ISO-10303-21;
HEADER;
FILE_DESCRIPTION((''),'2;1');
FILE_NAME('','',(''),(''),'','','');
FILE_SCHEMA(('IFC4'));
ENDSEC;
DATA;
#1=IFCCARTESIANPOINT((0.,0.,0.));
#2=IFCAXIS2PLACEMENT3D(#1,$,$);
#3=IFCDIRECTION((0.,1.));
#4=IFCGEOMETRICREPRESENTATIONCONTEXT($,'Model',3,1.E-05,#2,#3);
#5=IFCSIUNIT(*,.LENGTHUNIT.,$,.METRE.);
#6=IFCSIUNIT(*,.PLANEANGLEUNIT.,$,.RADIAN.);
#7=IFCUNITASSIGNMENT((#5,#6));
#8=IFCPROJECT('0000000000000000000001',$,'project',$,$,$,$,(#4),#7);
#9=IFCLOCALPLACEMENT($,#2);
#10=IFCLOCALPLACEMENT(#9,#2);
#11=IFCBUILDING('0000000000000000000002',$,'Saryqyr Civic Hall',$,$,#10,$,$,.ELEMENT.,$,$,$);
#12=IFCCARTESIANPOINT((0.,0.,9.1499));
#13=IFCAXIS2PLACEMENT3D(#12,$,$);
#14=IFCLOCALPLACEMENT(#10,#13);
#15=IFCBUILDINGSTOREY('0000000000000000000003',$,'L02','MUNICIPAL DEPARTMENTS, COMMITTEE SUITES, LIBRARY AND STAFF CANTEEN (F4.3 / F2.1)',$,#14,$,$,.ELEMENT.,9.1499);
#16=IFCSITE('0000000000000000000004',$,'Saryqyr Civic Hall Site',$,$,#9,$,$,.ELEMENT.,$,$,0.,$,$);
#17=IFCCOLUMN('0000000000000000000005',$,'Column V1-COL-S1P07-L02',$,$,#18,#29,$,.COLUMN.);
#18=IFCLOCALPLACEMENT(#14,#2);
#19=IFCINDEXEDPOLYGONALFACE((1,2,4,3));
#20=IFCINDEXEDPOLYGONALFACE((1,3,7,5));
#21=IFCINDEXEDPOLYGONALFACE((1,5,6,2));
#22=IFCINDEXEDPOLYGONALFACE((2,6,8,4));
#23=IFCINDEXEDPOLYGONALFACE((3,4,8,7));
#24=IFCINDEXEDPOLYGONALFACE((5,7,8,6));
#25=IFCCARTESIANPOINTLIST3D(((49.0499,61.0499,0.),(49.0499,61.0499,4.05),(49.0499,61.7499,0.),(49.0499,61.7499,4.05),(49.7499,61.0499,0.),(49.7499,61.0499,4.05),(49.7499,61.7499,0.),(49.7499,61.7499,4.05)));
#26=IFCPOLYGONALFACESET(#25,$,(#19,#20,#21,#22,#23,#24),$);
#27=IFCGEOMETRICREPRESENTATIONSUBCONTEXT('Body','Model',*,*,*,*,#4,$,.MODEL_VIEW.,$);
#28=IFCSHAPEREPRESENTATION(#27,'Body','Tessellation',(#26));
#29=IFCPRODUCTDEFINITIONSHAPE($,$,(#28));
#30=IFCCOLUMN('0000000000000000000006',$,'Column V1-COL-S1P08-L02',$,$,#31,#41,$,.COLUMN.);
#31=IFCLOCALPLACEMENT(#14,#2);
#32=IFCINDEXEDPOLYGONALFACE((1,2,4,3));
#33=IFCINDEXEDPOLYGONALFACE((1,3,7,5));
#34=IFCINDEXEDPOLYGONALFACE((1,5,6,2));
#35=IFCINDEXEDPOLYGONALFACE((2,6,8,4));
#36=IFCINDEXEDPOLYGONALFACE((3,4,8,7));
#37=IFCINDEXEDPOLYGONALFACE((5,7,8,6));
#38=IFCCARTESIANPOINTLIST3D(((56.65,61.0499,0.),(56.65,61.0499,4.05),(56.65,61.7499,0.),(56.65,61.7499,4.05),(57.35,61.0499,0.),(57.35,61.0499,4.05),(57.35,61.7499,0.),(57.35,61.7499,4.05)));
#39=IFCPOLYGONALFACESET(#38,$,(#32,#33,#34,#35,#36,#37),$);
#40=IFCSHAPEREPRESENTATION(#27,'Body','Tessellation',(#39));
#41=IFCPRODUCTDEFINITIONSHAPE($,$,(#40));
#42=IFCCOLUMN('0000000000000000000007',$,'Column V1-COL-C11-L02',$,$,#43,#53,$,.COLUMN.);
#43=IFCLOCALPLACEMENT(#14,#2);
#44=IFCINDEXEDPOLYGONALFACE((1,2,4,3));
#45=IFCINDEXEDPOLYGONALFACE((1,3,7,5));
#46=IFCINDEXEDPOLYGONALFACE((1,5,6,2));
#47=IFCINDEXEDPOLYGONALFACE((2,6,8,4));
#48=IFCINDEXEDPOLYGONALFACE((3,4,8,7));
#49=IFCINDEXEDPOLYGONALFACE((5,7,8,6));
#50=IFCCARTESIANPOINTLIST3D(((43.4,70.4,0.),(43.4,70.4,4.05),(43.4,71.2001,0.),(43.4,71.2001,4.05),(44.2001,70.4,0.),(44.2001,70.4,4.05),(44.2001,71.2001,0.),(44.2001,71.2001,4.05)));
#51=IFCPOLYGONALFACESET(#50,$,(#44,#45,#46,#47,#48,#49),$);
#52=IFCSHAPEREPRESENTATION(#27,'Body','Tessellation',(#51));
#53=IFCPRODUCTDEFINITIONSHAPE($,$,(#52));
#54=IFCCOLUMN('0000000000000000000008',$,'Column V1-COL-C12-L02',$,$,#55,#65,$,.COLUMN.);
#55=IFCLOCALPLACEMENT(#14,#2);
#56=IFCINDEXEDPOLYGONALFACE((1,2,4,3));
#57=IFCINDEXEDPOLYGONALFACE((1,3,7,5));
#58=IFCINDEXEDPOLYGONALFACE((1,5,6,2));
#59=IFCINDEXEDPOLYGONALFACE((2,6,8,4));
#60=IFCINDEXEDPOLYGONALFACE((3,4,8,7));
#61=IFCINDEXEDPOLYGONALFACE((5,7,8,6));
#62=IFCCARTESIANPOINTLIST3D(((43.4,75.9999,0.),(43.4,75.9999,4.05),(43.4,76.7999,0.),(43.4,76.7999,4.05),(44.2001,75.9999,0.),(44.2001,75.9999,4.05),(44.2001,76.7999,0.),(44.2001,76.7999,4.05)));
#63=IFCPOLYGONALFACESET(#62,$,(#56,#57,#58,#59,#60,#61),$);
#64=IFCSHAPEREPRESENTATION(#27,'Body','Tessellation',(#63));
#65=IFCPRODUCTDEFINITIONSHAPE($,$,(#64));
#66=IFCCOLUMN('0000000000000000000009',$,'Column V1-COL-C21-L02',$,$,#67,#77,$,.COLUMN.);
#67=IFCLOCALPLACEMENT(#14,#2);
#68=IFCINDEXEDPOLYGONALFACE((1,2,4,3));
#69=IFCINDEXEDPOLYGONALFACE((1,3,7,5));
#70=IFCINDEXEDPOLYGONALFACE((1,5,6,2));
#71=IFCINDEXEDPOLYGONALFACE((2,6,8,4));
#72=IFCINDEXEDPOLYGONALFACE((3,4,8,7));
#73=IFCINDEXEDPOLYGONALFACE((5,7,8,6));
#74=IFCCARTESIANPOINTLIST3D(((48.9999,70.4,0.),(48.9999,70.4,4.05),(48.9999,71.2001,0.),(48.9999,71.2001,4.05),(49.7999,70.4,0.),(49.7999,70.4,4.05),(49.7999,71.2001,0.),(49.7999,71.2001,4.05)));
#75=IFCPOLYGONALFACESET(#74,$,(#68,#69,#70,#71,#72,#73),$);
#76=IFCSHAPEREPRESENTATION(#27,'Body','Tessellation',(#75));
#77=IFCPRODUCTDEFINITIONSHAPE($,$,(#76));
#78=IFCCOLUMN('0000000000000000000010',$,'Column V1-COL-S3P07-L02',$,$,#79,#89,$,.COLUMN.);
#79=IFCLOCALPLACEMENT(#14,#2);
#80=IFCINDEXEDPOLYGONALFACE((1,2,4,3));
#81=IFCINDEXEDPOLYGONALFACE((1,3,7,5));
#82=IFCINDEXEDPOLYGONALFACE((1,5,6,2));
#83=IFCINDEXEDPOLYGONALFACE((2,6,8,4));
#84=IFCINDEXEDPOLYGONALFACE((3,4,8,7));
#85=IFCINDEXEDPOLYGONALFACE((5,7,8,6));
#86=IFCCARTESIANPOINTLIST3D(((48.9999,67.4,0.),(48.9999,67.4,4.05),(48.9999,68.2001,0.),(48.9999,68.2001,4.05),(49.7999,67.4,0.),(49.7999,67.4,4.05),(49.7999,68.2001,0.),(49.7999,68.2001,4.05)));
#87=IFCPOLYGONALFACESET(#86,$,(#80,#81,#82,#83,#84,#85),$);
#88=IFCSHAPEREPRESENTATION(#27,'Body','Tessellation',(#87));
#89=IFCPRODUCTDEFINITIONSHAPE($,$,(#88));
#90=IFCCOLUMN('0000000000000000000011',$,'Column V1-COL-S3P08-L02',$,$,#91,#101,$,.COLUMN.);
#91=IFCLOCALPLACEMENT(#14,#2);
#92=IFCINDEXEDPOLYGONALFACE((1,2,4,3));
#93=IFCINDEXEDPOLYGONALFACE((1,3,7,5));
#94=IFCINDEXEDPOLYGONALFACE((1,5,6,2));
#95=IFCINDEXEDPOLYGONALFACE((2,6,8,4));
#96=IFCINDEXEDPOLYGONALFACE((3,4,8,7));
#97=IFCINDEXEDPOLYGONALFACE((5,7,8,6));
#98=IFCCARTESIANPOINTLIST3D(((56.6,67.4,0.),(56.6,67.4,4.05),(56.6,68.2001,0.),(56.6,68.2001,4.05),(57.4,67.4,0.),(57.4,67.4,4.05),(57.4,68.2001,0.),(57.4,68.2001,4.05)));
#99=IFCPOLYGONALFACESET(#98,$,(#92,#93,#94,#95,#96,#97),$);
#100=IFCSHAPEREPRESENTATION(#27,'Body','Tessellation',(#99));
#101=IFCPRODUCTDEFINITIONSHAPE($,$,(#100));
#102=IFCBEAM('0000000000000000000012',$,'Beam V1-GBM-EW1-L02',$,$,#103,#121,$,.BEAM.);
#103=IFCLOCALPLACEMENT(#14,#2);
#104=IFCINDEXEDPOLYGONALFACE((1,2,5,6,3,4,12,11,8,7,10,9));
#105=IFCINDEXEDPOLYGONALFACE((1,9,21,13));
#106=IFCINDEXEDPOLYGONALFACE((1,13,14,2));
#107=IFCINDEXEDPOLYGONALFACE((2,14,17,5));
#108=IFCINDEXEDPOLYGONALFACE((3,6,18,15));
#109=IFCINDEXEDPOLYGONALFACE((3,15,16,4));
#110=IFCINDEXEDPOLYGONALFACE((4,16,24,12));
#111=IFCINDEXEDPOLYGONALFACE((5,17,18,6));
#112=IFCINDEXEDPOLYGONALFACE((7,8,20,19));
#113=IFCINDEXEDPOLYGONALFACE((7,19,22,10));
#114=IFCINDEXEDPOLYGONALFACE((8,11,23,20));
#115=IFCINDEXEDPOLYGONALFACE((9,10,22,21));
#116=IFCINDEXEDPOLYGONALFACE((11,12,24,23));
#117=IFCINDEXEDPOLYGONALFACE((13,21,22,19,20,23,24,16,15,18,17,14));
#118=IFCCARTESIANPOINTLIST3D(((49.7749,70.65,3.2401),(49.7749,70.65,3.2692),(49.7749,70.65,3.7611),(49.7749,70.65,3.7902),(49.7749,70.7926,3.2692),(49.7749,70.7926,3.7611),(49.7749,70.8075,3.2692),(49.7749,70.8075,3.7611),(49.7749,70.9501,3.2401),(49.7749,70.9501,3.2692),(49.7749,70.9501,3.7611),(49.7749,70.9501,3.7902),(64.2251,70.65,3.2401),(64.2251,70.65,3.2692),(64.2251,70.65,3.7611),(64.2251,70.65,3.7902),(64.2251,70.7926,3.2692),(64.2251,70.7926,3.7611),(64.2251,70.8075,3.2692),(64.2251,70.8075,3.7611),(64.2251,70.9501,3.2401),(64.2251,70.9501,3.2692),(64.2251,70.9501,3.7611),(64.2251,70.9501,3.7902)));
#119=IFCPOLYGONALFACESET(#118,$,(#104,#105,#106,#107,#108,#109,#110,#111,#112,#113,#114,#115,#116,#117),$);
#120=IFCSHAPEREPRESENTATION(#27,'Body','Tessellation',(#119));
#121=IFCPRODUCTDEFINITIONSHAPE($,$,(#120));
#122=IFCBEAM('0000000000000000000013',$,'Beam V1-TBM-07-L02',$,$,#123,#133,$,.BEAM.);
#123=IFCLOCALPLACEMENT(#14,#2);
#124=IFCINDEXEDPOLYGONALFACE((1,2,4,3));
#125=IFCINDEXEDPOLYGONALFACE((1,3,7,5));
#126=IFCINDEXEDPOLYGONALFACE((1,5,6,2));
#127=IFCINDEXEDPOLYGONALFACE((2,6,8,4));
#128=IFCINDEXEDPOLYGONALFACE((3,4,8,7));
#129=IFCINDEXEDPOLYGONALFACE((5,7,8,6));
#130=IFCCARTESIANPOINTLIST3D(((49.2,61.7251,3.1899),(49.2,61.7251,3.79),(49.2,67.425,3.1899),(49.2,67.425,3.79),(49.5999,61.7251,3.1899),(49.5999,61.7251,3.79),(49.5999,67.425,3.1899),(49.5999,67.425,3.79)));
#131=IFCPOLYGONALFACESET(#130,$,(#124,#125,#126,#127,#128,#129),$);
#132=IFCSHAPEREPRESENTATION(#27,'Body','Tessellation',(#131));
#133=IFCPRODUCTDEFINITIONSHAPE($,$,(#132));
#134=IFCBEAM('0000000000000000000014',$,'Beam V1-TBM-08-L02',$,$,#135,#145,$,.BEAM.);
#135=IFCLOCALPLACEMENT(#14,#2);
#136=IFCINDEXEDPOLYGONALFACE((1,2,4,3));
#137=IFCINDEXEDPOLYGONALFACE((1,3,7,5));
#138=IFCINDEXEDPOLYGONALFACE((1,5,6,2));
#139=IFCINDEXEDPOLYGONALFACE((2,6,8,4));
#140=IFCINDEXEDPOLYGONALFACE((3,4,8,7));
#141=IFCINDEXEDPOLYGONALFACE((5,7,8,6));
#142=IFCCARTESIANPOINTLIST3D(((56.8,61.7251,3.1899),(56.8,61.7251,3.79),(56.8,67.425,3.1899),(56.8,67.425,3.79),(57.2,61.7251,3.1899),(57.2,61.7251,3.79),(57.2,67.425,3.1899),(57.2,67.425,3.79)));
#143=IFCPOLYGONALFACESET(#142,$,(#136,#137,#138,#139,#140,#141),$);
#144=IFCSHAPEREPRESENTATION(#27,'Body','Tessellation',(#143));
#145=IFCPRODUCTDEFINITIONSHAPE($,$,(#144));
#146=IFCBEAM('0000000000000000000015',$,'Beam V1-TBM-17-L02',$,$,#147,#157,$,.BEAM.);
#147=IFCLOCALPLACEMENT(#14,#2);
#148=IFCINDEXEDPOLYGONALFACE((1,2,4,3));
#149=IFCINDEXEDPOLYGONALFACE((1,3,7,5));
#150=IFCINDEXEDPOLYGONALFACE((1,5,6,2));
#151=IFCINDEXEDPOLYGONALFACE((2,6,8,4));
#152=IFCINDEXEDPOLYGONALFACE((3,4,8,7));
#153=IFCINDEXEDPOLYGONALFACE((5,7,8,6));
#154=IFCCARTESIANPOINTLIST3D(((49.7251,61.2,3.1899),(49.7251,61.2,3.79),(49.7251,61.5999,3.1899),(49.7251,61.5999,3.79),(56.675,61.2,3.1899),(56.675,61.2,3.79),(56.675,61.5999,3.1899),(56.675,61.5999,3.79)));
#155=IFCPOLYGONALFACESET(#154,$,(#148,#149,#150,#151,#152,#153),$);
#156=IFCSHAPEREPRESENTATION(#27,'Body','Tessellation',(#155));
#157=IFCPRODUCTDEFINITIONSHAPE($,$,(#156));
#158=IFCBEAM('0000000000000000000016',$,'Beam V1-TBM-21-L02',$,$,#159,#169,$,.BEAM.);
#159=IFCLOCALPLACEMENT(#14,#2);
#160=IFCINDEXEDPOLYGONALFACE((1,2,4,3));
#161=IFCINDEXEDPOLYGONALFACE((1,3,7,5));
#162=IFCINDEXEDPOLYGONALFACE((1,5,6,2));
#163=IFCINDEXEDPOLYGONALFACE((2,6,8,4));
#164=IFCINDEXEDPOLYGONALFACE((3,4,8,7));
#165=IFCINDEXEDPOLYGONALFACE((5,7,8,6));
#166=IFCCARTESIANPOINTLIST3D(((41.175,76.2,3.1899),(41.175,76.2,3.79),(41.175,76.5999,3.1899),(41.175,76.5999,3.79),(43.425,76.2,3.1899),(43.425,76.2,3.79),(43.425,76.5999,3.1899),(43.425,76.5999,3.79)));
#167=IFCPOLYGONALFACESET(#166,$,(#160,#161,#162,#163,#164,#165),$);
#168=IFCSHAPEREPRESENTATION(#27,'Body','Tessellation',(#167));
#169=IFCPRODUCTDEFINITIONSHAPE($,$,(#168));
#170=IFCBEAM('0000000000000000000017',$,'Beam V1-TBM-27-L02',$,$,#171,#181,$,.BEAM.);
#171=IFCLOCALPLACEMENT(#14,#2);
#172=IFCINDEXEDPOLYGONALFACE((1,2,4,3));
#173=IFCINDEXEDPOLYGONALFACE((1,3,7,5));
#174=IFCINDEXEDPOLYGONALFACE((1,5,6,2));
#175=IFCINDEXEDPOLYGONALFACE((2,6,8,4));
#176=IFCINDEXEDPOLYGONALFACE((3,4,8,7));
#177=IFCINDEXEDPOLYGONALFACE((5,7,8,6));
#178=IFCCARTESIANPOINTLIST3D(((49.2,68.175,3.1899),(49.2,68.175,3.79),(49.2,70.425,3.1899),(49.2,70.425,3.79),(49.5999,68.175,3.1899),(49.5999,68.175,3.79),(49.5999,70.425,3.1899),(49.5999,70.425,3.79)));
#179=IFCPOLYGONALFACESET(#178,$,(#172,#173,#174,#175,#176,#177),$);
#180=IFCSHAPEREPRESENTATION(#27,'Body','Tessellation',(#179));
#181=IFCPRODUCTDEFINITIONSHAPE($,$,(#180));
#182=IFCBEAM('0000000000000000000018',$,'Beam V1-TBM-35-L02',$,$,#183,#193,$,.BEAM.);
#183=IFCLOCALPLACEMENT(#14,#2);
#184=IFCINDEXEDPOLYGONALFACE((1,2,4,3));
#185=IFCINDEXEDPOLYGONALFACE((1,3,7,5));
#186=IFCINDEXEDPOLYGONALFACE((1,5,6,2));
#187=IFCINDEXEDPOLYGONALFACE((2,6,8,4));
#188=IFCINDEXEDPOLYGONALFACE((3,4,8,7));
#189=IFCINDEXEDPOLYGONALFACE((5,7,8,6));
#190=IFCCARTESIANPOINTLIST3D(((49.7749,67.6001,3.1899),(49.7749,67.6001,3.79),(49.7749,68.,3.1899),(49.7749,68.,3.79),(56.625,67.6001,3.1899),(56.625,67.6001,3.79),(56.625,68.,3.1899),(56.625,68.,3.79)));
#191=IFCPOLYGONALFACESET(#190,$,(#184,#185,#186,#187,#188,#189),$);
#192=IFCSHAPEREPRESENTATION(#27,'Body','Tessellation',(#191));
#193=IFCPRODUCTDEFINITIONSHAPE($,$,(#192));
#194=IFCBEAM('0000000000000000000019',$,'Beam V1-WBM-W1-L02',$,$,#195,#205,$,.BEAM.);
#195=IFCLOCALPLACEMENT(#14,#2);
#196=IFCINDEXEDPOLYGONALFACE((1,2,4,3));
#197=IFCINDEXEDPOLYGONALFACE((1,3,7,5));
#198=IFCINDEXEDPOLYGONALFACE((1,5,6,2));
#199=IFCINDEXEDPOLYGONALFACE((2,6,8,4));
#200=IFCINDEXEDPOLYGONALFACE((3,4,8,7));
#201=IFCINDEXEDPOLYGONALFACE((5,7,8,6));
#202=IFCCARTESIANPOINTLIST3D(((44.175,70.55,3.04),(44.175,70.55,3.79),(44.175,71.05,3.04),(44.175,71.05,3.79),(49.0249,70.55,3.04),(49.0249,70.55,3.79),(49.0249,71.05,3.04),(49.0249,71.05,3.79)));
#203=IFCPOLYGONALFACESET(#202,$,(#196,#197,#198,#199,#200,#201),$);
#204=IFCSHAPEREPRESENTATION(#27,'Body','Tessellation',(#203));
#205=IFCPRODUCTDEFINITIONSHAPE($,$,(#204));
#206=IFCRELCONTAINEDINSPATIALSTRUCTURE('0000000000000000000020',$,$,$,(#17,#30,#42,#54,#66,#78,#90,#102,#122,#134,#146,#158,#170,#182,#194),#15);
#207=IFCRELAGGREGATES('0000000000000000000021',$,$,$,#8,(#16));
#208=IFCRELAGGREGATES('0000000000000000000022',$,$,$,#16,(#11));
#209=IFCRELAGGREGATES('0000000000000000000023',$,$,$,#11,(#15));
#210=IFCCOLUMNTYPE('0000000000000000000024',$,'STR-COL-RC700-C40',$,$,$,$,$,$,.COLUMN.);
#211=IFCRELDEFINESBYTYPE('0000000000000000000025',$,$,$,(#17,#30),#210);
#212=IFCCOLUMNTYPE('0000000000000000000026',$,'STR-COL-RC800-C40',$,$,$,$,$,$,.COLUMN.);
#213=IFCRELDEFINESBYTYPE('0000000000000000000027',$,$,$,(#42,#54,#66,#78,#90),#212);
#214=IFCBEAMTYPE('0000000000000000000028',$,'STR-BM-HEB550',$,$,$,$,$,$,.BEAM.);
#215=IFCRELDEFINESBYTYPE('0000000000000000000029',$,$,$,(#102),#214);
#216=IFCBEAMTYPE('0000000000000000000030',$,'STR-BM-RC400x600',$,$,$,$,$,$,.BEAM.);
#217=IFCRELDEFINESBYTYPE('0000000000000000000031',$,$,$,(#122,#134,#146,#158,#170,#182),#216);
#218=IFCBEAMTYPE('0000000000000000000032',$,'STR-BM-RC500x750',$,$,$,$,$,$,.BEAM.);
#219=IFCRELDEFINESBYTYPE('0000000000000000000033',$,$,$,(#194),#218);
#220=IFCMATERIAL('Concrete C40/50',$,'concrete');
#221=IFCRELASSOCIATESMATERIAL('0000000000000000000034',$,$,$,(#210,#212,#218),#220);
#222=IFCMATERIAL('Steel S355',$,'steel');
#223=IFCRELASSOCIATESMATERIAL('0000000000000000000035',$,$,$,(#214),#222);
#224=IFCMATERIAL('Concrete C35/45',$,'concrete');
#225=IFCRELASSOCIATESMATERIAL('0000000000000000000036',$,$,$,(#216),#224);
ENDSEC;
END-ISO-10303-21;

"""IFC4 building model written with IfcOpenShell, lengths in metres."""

from ifc_helpers import new_model, si_unit, direction, frame, origin, origin_2d, place, context, subcontext, project, spatial, rectangle, i_section, extrude, material, material_profile, profile_set, type_object, element, save


model = new_model("IFC4")

# Units and contexts
model_context = context("Model", 3, precision=1e-05, world=origin(), true_north=direction((0.0, 1.0)))
body_context = subcontext(model_context, "Body", "Model", "MODEL_VIEW")
ifc_project = project(units=[si_unit("LENGTHUNIT", "METRE"), si_unit("PLANEANGLEUNIT", "RADIAN")], contexts=[model_context])

# Site, building, storey
site_placement = place(None, origin())
site = spatial("IfcSite", under=ifc_project, at=site_placement, Name="Saryqyr Civic Hall Site", CompositionType="ELEMENT", RefElevation=0.0)
building_placement = place(site_placement, origin())
building = spatial("IfcBuilding", under=site, at=building_placement, Name="Saryqyr Civic Hall", CompositionType="ELEMENT")
storey_placement = place(building_placement, frame((0.0, 0.0, 9.1499)))
storey = spatial("IfcBuildingStorey", under=building, at=storey_placement, Name="L02", Description="MUNICIPAL DEPARTMENTS, COMMITTEE SUITES, LIBRARY AND STAFF CANTEEN (F4.3 / F2.1)", CompositionType="ELEMENT", Elevation=9.1499)

# Columns
ifc_material_1 = material(Name="Concrete C40/50", Category="concrete")
ifc_material_profile_1 = material_profile(ifc_material_1, rectangle(XDim=0.7, YDim=0.7, at=origin_2d()), Name="RC 700x700")
ifc_profile_set_1 = profile_set([ifc_material_profile_1], Name="Concrete C40/50")
column_type_1 = type_object("IfcColumnType", Name="STR-COL-RC700-C40", PredefinedType="COLUMN", material=ifc_profile_set_1)
for number, where, z_axis, x_axis, name in (
    (1, (49.3999, 61.3999, 0.0), (0.0, 0.0, 1.0), (1.0, 0.0, 0.0), "Column V1-COL-S1P07-L02"),
    (2, (57.0, 61.3999, 0.0), (0.0, 0.0, 1.0), (1.0, 0.0, 0.0), "Column V1-COL-S1P08-L02"),
):
    element("IfcColumn", number, at=place(storey_placement, frame(where, z_axis=z_axis, x_axis=x_axis)), inside=storey, type_object=column_type_1, Name=name, PredefinedType="COLUMN", context=body_context, shape_type="SweptSolid", body=[
        extrude(rectangle(XDim=0.7, YDim=0.7, at=origin_2d()), origin(), (0.0, 0.0, 1.0), 4.05),
    ])
ifc_material_profile_2 = material_profile(ifc_material_1, rectangle(XDim=0.8, YDim=0.8, at=origin_2d()), Name="RC 800x800")
ifc_profile_set_2 = profile_set([ifc_material_profile_2], Name="Concrete C40/50")
column_type_2 = type_object("IfcColumnType", Name="STR-COL-RC800-C40", PredefinedType="COLUMN", material=ifc_profile_set_2)
for number, where, z_axis, x_axis, name in (
    (3, (43.8, 70.8, 0.0), (0.0, 0.0, 1.0), (1.0, 0.0, 0.0), "Column V1-COL-C11-L02"),
    (4, (43.8, 76.3999, 0.0), (0.0, 0.0, 1.0), (1.0, 0.0, 0.0), "Column V1-COL-C12-L02"),
    (5, (49.3999, 70.8, 0.0), (0.0, 0.0, 1.0), (1.0, 0.0, 0.0), "Column V1-COL-C21-L02"),
    (6, (49.3999, 67.8, 0.0), (0.0, 0.0, 1.0), (1.0, 0.0, 0.0), "Column V1-COL-S3P07-L02"),
    (7, (57.0, 67.8, 0.0), (0.0, 0.0, 1.0), (1.0, 0.0, 0.0), "Column V1-COL-S3P08-L02"),
):
    element("IfcColumn", number, at=place(storey_placement, frame(where, z_axis=z_axis, x_axis=x_axis)), inside=storey, type_object=column_type_2, Name=name, PredefinedType="COLUMN", context=body_context, shape_type="SweptSolid", body=[
        extrude(rectangle(XDim=0.8, YDim=0.8, at=origin_2d()), origin(), (0.0, 0.0, 1.0), 4.05),
    ])

# Beams
ifc_material_2 = material(Name="Steel S355", Category="steel")
ifc_material_profile_3 = material_profile(ifc_material_2, i_section(OverallWidth=0.3, OverallDepth=0.55, WebThickness=0.0149, FlangeThickness=0.0291, at=origin_2d()), Name="HEB 550")
ifc_profile_set_3 = profile_set([ifc_material_profile_3], Name="Steel S355")
beam_type_1 = type_object("IfcBeamType", Name="STR-BM-HEB550", PredefinedType="BEAM", material=ifc_profile_set_3)
beam_1_placement = place(storey_placement, frame((49.7749, 70.8, 3.5151), z_axis=(1.0, 0.0, 0.0), x_axis=(0.0, 1.0, 0.0)))
element("IfcBeam", 8, at=beam_1_placement, inside=storey, type_object=beam_type_1, Name="Beam V1-GBM-EW1-L02", PredefinedType="BEAM", context=body_context, shape_type="SweptSolid", body=[
    extrude(i_section(OverallWidth=0.3, OverallDepth=0.55, WebThickness=0.0149, FlangeThickness=0.0291, at=origin_2d()), origin(), (0.0, 0.0, 1.0), 14.4502),
])
ifc_material_3 = material(Name="Concrete C35/45", Category="concrete")
ifc_material_profile_4 = material_profile(ifc_material_3, rectangle(XDim=0.3999, YDim=0.6001, at=origin_2d()), Name="RC 400x600")
ifc_profile_set_4 = profile_set([ifc_material_profile_4], Name="Concrete C35/45")
beam_type_2 = type_object("IfcBeamType", Name="STR-BM-RC400x600", PredefinedType="BEAM", material=ifc_profile_set_4)
for number, where, z_axis, x_axis, name in (
    (9, (49.3999, 61.7251, 3.49), (0.0, 1.0, 0.0), (-1.0, 0.0, 0.0), "Beam V1-TBM-07-L02"),
    (10, (57.0, 61.7251, 3.49), (0.0, 1.0, 0.0), (-1.0, 0.0, 0.0), "Beam V1-TBM-08-L02"),
):
    element("IfcBeam", number, at=place(storey_placement, frame(where, z_axis=z_axis, x_axis=x_axis)), inside=storey, type_object=beam_type_2, Name=name, PredefinedType="BEAM", context=body_context, shape_type="SweptSolid", body=[
        extrude(rectangle(XDim=0.3999, YDim=0.6001, at=origin_2d()), origin(), (0.0, 0.0, 1.0), 5.7),
    ])
beam_2_placement = place(storey_placement, frame((49.7251, 61.3999, 3.49), z_axis=(1.0, 0.0, 0.0), x_axis=(0.0, 1.0, 0.0)))
element("IfcBeam", 11, at=beam_2_placement, inside=storey, type_object=beam_type_2, Name="Beam V1-TBM-17-L02", PredefinedType="BEAM", context=body_context, shape_type="SweptSolid", body=[
    extrude(rectangle(XDim=0.3999, YDim=0.6001, at=origin_2d()), origin(), (0.0, 0.0, 1.0), 6.95),
])
for number, where, z_axis, x_axis, name in (
    (12, (41.175, 76.3999, 3.49), (1.0, 0.0, 0.0), (0.0, 1.0, 0.0), "Beam V1-TBM-21-L02"),
    (13, (49.3999, 68.175, 3.49), (0.0, 1.0, 0.0), (-1.0, 0.0, 0.0), "Beam V1-TBM-27-L02"),
):
    element("IfcBeam", number, at=place(storey_placement, frame(where, z_axis=z_axis, x_axis=x_axis)), inside=storey, type_object=beam_type_2, Name=name, PredefinedType="BEAM", context=body_context, shape_type="SweptSolid", body=[
        extrude(rectangle(XDim=0.3999, YDim=0.6001, at=origin_2d()), origin(), (0.0, 0.0, 1.0), 2.25),
    ])
beam_3_placement = place(storey_placement, frame((49.7749, 67.8, 3.49), z_axis=(1.0, 0.0, 0.0), x_axis=(0.0, 1.0, 0.0)))
element("IfcBeam", 14, at=beam_3_placement, inside=storey, type_object=beam_type_2, Name="Beam V1-TBM-35-L02", PredefinedType="BEAM", context=body_context, shape_type="SweptSolid", body=[
    extrude(rectangle(XDim=0.3999, YDim=0.6001, at=origin_2d()), origin(), (0.0, 0.0, 1.0), 6.8501),
])
ifc_material_profile_5 = material_profile(ifc_material_1, rectangle(XDim=0.5, YDim=0.75, at=origin_2d()), Name="RC 500x750")
ifc_profile_set_5 = profile_set([ifc_material_profile_5], Name="Concrete C40/50")
beam_type_3 = type_object("IfcBeamType", Name="STR-BM-RC500x750", PredefinedType="BEAM", material=ifc_profile_set_5)
for number, where, z_axis, x_axis, name in (
    (15, (44.175, 70.8, 3.415), (1.0, 0.0, 0.0), (0.0, 1.0, 0.0), "Beam V1-WBM-W1-L02"),
):
    element("IfcBeam", number, at=place(storey_placement, frame(where, z_axis=z_axis, x_axis=x_axis)), inside=storey, type_object=beam_type_3, Name=name, PredefinedType="BEAM", context=body_context, shape_type="SweptSolid", body=[
        extrude(rectangle(XDim=0.5, YDim=0.75, at=origin_2d()), origin(), (0.0, 0.0, 1.0), 4.8499),
    ])

save(model, "model.ifc")
